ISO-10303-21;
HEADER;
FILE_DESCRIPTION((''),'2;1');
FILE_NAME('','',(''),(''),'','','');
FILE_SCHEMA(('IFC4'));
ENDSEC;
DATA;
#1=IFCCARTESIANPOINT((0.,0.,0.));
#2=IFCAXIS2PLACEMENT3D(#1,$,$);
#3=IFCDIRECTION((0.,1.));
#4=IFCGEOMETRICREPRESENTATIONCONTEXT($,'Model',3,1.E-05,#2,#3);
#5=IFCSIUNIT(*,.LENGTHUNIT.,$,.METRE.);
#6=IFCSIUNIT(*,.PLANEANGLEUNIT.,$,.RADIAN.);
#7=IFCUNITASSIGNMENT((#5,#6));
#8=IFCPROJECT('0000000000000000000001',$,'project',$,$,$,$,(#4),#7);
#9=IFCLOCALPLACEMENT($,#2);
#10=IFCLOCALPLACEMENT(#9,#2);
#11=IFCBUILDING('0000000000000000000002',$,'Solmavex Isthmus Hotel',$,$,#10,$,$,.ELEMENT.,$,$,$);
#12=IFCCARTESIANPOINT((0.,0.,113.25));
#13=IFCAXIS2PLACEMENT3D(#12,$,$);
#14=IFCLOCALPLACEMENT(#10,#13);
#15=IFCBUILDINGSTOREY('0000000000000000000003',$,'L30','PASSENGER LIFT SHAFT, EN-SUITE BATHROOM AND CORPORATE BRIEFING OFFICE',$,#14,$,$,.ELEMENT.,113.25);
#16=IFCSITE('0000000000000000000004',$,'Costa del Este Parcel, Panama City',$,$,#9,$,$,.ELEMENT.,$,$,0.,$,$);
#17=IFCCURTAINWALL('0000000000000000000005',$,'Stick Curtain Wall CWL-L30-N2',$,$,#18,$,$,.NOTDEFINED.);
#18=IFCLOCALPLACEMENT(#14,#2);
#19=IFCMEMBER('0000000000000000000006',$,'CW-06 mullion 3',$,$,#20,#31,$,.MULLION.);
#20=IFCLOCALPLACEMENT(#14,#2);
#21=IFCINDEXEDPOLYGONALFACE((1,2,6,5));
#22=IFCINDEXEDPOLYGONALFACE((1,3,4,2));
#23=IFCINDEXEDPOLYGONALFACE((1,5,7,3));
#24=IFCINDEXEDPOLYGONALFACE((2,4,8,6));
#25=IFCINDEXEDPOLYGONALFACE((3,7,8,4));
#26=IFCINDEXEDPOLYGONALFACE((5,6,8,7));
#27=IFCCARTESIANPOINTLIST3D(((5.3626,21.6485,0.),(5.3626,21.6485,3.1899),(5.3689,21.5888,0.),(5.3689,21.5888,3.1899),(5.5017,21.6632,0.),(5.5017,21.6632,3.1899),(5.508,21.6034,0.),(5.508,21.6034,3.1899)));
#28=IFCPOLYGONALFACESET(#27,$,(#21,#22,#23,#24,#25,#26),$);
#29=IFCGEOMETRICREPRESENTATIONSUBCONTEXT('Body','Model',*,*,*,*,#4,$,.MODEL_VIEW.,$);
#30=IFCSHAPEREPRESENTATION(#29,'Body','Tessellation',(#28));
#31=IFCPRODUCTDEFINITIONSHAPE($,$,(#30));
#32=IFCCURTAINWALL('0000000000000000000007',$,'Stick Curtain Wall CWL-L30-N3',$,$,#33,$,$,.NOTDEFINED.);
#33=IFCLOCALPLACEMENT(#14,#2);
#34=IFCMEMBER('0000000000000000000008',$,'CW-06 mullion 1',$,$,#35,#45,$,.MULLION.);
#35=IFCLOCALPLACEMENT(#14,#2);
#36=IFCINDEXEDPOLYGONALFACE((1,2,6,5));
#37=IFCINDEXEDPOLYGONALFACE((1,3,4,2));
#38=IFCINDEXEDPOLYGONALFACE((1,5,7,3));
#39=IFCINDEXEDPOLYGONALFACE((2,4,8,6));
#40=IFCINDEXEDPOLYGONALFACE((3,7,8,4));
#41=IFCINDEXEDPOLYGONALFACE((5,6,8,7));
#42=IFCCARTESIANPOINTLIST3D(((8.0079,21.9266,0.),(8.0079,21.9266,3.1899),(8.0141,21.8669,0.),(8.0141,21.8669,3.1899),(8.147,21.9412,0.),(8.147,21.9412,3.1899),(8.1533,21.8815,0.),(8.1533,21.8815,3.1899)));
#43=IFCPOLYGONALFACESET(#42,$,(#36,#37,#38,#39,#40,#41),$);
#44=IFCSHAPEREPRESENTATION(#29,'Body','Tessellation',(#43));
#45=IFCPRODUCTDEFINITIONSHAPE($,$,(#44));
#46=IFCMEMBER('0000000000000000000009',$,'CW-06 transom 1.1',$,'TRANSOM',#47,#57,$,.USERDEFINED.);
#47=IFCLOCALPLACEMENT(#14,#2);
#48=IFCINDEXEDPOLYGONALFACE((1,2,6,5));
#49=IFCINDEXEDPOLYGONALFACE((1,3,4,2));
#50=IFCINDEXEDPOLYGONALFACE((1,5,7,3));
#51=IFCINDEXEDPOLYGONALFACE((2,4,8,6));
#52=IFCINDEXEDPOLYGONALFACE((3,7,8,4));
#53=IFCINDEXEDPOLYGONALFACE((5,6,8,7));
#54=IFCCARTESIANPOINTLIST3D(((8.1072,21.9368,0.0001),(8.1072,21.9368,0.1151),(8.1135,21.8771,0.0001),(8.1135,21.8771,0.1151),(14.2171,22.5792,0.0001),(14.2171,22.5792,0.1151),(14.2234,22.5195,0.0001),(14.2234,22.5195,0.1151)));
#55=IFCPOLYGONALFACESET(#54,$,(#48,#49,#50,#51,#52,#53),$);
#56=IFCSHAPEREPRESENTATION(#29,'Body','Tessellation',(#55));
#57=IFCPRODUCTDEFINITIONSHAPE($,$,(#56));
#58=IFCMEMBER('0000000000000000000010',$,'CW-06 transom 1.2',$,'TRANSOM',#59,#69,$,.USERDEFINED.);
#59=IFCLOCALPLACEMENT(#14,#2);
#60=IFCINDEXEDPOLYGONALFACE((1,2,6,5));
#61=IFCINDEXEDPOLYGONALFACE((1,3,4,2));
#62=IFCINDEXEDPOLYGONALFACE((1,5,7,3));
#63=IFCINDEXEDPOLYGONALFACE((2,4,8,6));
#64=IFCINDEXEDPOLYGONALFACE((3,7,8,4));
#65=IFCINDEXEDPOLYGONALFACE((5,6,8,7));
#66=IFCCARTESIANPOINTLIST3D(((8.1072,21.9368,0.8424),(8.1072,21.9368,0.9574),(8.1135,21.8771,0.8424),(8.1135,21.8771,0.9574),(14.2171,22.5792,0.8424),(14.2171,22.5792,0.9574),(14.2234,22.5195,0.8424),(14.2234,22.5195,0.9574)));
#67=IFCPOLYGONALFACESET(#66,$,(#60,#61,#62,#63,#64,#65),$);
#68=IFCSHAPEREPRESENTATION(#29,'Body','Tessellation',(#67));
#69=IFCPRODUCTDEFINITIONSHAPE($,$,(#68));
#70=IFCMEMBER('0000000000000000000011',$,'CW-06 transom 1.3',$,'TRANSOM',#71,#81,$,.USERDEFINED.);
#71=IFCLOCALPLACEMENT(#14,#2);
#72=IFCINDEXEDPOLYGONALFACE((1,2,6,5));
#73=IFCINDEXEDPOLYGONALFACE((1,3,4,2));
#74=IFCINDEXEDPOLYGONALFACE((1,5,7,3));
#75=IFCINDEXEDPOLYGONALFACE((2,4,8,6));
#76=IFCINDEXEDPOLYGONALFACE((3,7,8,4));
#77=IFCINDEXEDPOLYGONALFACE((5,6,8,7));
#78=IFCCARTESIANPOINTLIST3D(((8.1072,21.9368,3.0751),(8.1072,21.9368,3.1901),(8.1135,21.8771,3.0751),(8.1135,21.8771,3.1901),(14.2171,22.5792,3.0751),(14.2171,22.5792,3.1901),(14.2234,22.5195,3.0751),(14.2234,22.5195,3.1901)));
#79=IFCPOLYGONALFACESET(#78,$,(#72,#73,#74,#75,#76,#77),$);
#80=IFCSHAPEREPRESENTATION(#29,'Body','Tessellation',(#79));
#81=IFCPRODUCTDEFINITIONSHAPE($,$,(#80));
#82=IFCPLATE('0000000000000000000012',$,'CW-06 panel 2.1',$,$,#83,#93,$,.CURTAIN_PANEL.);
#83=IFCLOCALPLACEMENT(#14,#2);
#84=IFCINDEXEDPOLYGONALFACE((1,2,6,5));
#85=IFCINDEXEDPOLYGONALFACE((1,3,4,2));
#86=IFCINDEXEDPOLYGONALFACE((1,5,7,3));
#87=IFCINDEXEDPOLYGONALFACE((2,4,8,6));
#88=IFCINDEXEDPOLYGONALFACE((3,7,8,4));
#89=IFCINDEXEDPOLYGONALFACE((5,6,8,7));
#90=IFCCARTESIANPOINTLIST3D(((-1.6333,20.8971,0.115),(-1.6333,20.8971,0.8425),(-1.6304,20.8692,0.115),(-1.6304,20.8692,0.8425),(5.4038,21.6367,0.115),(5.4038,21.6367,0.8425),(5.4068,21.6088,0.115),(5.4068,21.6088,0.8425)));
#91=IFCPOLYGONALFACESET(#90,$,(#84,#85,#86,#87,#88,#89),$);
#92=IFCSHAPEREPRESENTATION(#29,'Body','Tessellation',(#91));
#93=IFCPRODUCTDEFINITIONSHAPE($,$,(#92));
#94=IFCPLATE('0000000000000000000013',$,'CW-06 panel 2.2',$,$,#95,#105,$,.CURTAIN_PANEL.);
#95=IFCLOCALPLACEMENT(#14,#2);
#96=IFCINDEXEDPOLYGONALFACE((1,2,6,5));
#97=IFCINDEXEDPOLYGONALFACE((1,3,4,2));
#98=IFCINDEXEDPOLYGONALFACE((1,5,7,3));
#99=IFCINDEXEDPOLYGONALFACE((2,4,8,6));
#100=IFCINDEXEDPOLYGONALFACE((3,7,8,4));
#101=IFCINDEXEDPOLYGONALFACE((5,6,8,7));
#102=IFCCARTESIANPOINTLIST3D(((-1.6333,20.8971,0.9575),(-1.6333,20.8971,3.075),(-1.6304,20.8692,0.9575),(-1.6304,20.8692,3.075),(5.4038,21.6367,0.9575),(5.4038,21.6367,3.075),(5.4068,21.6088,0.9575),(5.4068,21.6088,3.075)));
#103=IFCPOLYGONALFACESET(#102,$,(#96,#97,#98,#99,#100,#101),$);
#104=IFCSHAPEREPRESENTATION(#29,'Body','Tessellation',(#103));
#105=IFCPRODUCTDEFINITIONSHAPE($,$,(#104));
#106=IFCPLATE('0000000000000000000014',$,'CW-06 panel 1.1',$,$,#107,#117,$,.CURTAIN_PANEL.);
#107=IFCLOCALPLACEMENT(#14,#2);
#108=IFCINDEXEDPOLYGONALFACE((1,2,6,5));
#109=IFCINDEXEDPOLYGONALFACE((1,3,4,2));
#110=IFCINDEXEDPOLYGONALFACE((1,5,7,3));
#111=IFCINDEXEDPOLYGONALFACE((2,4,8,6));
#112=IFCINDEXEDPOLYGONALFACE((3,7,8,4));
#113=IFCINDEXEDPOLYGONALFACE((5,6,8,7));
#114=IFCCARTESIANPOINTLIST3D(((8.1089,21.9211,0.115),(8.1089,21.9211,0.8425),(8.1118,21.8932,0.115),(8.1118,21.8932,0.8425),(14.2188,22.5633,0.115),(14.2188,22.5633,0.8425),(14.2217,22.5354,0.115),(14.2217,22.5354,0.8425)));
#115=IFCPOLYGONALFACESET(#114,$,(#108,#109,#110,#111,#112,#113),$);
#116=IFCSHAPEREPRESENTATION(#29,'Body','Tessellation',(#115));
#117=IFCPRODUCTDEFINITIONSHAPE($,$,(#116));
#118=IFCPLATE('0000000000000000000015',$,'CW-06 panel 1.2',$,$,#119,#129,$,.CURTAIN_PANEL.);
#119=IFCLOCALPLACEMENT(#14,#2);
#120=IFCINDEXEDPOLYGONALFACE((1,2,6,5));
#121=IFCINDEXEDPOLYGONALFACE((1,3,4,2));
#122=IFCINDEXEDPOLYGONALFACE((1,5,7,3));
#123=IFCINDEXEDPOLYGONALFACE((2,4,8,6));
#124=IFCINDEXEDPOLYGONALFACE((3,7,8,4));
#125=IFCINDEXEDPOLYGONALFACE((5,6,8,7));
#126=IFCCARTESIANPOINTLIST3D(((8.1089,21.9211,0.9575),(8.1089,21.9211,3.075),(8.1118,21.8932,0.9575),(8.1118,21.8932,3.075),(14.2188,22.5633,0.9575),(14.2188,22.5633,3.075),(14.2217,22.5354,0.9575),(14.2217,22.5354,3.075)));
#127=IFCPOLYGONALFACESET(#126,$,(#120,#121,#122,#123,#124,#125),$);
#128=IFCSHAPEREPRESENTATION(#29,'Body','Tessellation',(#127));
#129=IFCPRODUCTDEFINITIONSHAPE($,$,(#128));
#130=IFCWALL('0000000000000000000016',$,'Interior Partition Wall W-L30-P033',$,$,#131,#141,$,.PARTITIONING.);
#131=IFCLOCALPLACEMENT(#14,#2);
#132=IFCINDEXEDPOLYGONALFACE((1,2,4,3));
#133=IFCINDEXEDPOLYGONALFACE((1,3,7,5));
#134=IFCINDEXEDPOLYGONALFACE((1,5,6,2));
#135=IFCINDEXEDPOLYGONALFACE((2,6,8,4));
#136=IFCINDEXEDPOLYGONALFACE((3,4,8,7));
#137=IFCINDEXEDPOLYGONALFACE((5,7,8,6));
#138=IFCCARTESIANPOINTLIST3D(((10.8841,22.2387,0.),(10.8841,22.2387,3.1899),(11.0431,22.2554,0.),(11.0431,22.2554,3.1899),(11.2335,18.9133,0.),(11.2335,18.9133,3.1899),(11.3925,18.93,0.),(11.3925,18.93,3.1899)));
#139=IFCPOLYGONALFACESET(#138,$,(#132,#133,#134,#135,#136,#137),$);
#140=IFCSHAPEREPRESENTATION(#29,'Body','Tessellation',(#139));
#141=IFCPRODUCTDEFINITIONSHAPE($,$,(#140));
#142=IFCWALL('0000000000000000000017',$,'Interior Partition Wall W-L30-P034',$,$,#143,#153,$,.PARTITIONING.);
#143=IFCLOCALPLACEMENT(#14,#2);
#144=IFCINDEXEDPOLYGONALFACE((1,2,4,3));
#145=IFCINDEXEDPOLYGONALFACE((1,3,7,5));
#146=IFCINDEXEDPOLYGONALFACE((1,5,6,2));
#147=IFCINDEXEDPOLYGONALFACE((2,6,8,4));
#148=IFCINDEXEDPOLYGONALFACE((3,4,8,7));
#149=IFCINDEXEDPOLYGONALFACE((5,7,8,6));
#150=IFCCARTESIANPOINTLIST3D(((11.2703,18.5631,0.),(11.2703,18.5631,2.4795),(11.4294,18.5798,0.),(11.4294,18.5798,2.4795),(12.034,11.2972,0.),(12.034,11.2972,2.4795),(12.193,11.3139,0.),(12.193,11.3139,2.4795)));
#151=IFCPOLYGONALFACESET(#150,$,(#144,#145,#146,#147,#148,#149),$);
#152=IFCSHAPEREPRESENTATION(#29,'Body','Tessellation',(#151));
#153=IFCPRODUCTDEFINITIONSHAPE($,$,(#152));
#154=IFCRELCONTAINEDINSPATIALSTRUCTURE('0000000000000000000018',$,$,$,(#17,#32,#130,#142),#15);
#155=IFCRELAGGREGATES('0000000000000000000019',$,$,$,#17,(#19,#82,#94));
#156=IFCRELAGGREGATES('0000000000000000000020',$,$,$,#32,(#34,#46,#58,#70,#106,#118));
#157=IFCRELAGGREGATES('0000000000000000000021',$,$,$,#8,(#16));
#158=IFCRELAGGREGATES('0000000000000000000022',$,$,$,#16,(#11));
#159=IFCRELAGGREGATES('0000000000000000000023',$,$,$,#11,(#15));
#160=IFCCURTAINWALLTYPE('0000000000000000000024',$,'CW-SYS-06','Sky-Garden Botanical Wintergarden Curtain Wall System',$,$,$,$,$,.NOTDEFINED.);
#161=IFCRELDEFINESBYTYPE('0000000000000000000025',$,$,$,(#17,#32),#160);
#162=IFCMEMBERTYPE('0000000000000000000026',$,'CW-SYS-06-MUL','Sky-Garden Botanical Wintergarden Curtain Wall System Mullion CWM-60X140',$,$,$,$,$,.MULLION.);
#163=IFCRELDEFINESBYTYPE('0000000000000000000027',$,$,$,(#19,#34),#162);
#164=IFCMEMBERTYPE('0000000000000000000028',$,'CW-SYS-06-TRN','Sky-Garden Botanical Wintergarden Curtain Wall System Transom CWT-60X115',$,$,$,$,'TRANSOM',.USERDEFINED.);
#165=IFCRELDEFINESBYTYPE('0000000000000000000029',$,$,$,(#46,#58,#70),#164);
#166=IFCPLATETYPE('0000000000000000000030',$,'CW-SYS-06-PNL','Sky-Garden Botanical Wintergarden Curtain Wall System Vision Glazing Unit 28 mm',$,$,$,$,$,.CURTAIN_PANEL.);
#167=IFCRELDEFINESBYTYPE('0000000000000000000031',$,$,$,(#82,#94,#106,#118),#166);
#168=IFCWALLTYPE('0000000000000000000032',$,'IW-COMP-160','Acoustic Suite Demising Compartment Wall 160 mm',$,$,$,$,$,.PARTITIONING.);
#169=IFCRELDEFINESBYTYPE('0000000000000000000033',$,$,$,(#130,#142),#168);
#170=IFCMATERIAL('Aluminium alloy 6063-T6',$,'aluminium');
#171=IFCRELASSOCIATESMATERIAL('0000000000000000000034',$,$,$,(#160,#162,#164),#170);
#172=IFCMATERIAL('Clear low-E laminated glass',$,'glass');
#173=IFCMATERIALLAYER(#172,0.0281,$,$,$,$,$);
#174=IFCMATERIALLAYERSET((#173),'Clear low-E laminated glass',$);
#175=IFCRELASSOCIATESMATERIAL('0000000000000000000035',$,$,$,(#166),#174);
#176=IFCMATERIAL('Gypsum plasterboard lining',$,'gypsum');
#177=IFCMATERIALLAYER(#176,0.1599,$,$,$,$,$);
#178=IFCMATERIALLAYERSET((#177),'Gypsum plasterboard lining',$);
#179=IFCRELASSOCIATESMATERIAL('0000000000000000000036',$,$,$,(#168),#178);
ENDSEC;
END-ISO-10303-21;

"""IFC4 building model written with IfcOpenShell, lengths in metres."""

from ifc_helpers import new_model, si_unit, direction, frame, frame_2d, origin, origin_2d, place, context, subcontext, project, spatial, rectangle, extrude, material, layer, layer_set, material_profile, profile_set, type_object, element, aggregate, save


model = new_model("IFC4")

# Units and contexts
model_context = context("Model", 3, precision=1e-05, world=origin(), true_north=direction((0.0, 1.0)))
body_context = subcontext(model_context, "Body", "Model", "MODEL_VIEW")
ifc_project = project(units=[si_unit("LENGTHUNIT", "METRE"), si_unit("PLANEANGLEUNIT", "RADIAN")], contexts=[model_context])

# Site, building, storey
site_placement = place(None, origin())
site = spatial("IfcSite", under=ifc_project, at=site_placement, Name="Costa del Este Parcel, Panama City", CompositionType="ELEMENT", RefElevation=0.0)
building_placement = place(site_placement, origin())
building = spatial("IfcBuilding", under=site, at=building_placement, Name="Solmavex Isthmus Hotel", CompositionType="ELEMENT")
storey_placement = place(building_placement, frame((0.0, 0.0, 113.25)))
storey = spatial("IfcBuildingStorey", under=building, at=storey_placement, Name="L30", Description="PASSENGER LIFT SHAFT, EN-SUITE BATHROOM AND CORPORATE BRIEFING OFFICE", CompositionType="ELEMENT", Elevation=113.25)

# Curtain wall, member
ifc_material_1 = material(Name="Aluminium alloy 6063-T6", Category="aluminium")
curtain_wall_type = type_object("IfcCurtainWallType", Name="CW-SYS-06", Description="Sky-Garden Botanical Wintergarden Curtain Wall System", PredefinedType="NOTDEFINED", material=ifc_material_1)
curtain_wall_1_placement = place(storey_placement, origin())
curtain_wall_1 = element("IfcCurtainWall", 1, at=curtain_wall_1_placement, inside=storey, type_object=curtain_wall_type, Name="Stick Curtain Wall CWL-L30-N2", PredefinedType="NOTDEFINED")
ifc_material_profile_1 = material_profile(ifc_material_1, rectangle(XDim=0.0601, YDim=0.1399, at=origin_2d()), Name="CWM-60X140")
ifc_profile_set_1 = profile_set([ifc_material_profile_1], Name="Aluminium alloy 6063-T6")
member_type_1 = type_object("IfcMemberType", Name="CW-SYS-06-MUL", Description="Sky-Garden Botanical Wintergarden Curtain Wall System Mullion CWM-60X140", PredefinedType="MULLION", material=ifc_profile_set_1)
member_1_placement = place(storey_placement, frame((5.4353, 21.626, 0.0), z_axis=(0.0, 0.0, 1.0), x_axis=(-0.104528, 0.994522, 0.0)))
member_1 = element("IfcMember", 2, at=member_1_placement, type_object=member_type_1, Name="CW-06 mullion 3", PredefinedType="MULLION", context=body_context, shape_type="SweptSolid", body=[
    extrude(rectangle(XDim=0.0601, YDim=0.1399, at=origin_2d()), origin(), (0.0, 0.0, 1.0), 3.1899),
])

# Curtain wall, members
curtain_wall_2_placement = place(storey_placement, origin())
curtain_wall_2 = element("IfcCurtainWall", 3, at=curtain_wall_2_placement, inside=storey, type_object=curtain_wall_type, Name="Stick Curtain Wall CWL-L30-N3", PredefinedType="NOTDEFINED")
member_2_placement = place(storey_placement, frame((8.0806, 21.9041, 0.0), z_axis=(0.0, 0.0, 1.0), x_axis=(-0.104529, 0.994522, 0.0)))
member_2 = element("IfcMember", 4, at=member_2_placement, type_object=member_type_1, Name="CW-06 mullion 1", PredefinedType="MULLION", context=body_context, shape_type="SweptSolid", body=[
    extrude(rectangle(XDim=0.0601, YDim=0.1399, at=origin_2d()), origin(), (0.0, 0.0, 1.0), 3.1899),
])
ifc_material_profile_2 = material_profile(ifc_material_1, rectangle(XDim=0.0601, YDim=0.115, at=origin_2d()), Name="CWT-60X115")
ifc_profile_set_2 = profile_set([ifc_material_profile_2], Name="Aluminium alloy 6063-T6")
member_type_2 = type_object("IfcMemberType", Name="CW-SYS-06-TRN", Description="Sky-Garden Botanical Wintergarden Curtain Wall System Transom CWT-60X115", ElementType="TRANSOM", PredefinedType="USERDEFINED", material=ifc_profile_set_2)
member_3_placement = place(storey_placement, frame((8.1104, 21.907, 0.0576), z_axis=(0.994519, 0.104554, 0.0), x_axis=(-0.104554, 0.994519, 0.0)))
member_3 = element("IfcMember", 5, at=member_3_placement, type_object=member_type_2, Name="CW-06 transom 1.1", ObjectType="TRANSOM", PredefinedType="USERDEFINED", context=body_context, shape_type="SweptSolid", body=[
    extrude(rectangle(XDim=0.0601, YDim=0.115, at=origin_2d()), origin(), (0.0, 0.0, 1.0), 6.1436),
])
member_4_placement = place(storey_placement, frame((8.1104, 21.907, 0.8999), z_axis=(0.994519, 0.104554, 0.0), x_axis=(-0.104554, 0.994519, 0.0)))
member_4 = element("IfcMember", 6, at=member_4_placement, type_object=member_type_2, Name="CW-06 transom 1.2", ObjectType="TRANSOM", PredefinedType="USERDEFINED", context=body_context, shape_type="SweptSolid", body=[
    extrude(rectangle(XDim=0.0601, YDim=0.115, at=origin_2d()), origin(), (0.0, 0.0, 1.0), 6.1436),
])
member_5_placement = place(storey_placement, frame((8.1104, 21.907, 3.1326), z_axis=(0.994519, 0.104554, 0.0), x_axis=(-0.104554, 0.994519, 0.0)))
member_5 = element("IfcMember", 7, at=member_5_placement, type_object=member_type_2, Name="CW-06 transom 1.3", ObjectType="TRANSOM", PredefinedType="USERDEFINED", context=body_context, shape_type="SweptSolid", body=[
    extrude(rectangle(XDim=0.0601, YDim=0.115, at=origin_2d()), origin(), (0.0, 0.0, 1.0), 6.1436),
])

# Plates
ifc_material_2 = material(Name="Clear low-E laminated glass", Category="glass")
ifc_layer_1 = layer(ifc_material_2, 0.0281)
ifc_layer_set_1 = layer_set([ifc_layer_1], Name="Clear low-E laminated glass")
plate_type = type_object("IfcPlateType", Name="CW-SYS-06-PNL", Description="Sky-Garden Botanical Wintergarden Curtain Wall System Vision Glazing Unit 28 mm", PredefinedType="CURTAIN_PANEL", material=ifc_layer_set_1)
plate_1_placement = place(storey_placement, frame((1.8867, 21.2529, 0.115), z_axis=(0.0, 0.0, 1.0), x_axis=(0.994522, 0.104528, 0.0)))
plate_1 = element("IfcPlate", 8, at=plate_1_placement, type_object=plate_type, Name="CW-06 panel 2.1", PredefinedType="CURTAIN_PANEL", context=body_context, shape_type="SweptSolid", body=[
    extrude(rectangle(XDim=7.0759, YDim=0.0281, at=origin_2d()), origin(), (0.0, 0.0, 1.0), 0.7275),
])
plate_2_placement = place(storey_placement, frame((1.8867, 21.2529, 0.9575), z_axis=(0.0, 0.0, 1.0), x_axis=(0.994522, 0.104528, 0.0)))
plate_2 = element("IfcPlate", 9, at=plate_2_placement, type_object=plate_type, Name="CW-06 panel 2.2", PredefinedType="CURTAIN_PANEL", context=body_context, shape_type="SweptSolid", body=[
    extrude(rectangle(XDim=7.0759, YDim=0.0281, at=origin_2d()), origin(), (0.0, 0.0, 1.0), 2.1174),
])
aggregate(curtain_wall_1, [member_1, plate_1, plate_2])
plate_3_placement = place(storey_placement, frame((11.1653, 22.2283, 0.115), z_axis=(0.0, 0.0, 1.0), x_axis=(0.994522, 0.104529, 0.0)))
plate_3 = element("IfcPlate", 10, at=plate_3_placement, type_object=plate_type, Name="CW-06 panel 1.1", PredefinedType="CURTAIN_PANEL", context=body_context, shape_type="SweptSolid", body=[
    extrude(rectangle(XDim=6.1436, YDim=0.0281, at=origin_2d()), origin(), (0.0, 0.0, 1.0), 0.7275),
])
plate_4_placement = place(storey_placement, frame((11.1653, 22.2283, 0.9575), z_axis=(0.0, 0.0, 1.0), x_axis=(0.994522, 0.104529, 0.0)))
plate_4 = element("IfcPlate", 11, at=plate_4_placement, type_object=plate_type, Name="CW-06 panel 1.2", PredefinedType="CURTAIN_PANEL", context=body_context, shape_type="SweptSolid", body=[
    extrude(rectangle(XDim=6.1436, YDim=0.0281, at=origin_2d()), origin(), (0.0, 0.0, 1.0), 2.1174),
])
aggregate(curtain_wall_2, [member_2, member_3, member_4, member_5, plate_3, plate_4])

# Walls
ifc_material_3 = material(Name="Gypsum plasterboard lining", Category="gypsum")
ifc_layer_2 = layer(ifc_material_3, 0.1599)
ifc_layer_set_2 = layer_set([ifc_layer_2], Name="Gypsum plasterboard lining")
wall_type_1 = type_object("IfcWallType", Name="IW-COMP-160", Description="Acoustic Suite Demising Compartment Wall 160 mm", PredefinedType="PARTITIONING", material=ifc_layer_set_2)
wall_1_placement = place(storey_placement, frame((10.9636, 22.2471, 0.0), z_axis=(0.0, 0.0, 1.0), x_axis=(0.104483, -0.994527, 0.0)))
element("IfcWall", 12, at=wall_1_placement, inside=storey, type_object=wall_type_1, Name="Interior Partition Wall W-L30-P033", PredefinedType="PARTITIONING", context=body_context, shape_type="SweptSolid", body=[
    extrude(rectangle(XDim=3.3438, YDim=0.1599, at=frame_2d((1.6719, 0.0))), origin(), (0.0, 0.0, 1.0), 3.1899),
])
wall_2_placement = place(storey_placement, frame((11.3499, 18.5713, 0.0), z_axis=(0.0, 0.0, 1.0), x_axis=(0.104528, -0.994522, 0.0)))
element("IfcWall", 13, at=wall_2_placement, inside=storey, type_object=wall_type_1, Name="Interior Partition Wall W-L30-P034", PredefinedType="PARTITIONING", context=body_context, shape_type="SweptSolid", body=[
    extrude(rectangle(XDim=7.3059, YDim=0.1599, at=frame_2d((3.6528, 0.0))), origin(), (0.0, 0.0, 1.0), 2.4795),
])

save(model, "model.ifc")
